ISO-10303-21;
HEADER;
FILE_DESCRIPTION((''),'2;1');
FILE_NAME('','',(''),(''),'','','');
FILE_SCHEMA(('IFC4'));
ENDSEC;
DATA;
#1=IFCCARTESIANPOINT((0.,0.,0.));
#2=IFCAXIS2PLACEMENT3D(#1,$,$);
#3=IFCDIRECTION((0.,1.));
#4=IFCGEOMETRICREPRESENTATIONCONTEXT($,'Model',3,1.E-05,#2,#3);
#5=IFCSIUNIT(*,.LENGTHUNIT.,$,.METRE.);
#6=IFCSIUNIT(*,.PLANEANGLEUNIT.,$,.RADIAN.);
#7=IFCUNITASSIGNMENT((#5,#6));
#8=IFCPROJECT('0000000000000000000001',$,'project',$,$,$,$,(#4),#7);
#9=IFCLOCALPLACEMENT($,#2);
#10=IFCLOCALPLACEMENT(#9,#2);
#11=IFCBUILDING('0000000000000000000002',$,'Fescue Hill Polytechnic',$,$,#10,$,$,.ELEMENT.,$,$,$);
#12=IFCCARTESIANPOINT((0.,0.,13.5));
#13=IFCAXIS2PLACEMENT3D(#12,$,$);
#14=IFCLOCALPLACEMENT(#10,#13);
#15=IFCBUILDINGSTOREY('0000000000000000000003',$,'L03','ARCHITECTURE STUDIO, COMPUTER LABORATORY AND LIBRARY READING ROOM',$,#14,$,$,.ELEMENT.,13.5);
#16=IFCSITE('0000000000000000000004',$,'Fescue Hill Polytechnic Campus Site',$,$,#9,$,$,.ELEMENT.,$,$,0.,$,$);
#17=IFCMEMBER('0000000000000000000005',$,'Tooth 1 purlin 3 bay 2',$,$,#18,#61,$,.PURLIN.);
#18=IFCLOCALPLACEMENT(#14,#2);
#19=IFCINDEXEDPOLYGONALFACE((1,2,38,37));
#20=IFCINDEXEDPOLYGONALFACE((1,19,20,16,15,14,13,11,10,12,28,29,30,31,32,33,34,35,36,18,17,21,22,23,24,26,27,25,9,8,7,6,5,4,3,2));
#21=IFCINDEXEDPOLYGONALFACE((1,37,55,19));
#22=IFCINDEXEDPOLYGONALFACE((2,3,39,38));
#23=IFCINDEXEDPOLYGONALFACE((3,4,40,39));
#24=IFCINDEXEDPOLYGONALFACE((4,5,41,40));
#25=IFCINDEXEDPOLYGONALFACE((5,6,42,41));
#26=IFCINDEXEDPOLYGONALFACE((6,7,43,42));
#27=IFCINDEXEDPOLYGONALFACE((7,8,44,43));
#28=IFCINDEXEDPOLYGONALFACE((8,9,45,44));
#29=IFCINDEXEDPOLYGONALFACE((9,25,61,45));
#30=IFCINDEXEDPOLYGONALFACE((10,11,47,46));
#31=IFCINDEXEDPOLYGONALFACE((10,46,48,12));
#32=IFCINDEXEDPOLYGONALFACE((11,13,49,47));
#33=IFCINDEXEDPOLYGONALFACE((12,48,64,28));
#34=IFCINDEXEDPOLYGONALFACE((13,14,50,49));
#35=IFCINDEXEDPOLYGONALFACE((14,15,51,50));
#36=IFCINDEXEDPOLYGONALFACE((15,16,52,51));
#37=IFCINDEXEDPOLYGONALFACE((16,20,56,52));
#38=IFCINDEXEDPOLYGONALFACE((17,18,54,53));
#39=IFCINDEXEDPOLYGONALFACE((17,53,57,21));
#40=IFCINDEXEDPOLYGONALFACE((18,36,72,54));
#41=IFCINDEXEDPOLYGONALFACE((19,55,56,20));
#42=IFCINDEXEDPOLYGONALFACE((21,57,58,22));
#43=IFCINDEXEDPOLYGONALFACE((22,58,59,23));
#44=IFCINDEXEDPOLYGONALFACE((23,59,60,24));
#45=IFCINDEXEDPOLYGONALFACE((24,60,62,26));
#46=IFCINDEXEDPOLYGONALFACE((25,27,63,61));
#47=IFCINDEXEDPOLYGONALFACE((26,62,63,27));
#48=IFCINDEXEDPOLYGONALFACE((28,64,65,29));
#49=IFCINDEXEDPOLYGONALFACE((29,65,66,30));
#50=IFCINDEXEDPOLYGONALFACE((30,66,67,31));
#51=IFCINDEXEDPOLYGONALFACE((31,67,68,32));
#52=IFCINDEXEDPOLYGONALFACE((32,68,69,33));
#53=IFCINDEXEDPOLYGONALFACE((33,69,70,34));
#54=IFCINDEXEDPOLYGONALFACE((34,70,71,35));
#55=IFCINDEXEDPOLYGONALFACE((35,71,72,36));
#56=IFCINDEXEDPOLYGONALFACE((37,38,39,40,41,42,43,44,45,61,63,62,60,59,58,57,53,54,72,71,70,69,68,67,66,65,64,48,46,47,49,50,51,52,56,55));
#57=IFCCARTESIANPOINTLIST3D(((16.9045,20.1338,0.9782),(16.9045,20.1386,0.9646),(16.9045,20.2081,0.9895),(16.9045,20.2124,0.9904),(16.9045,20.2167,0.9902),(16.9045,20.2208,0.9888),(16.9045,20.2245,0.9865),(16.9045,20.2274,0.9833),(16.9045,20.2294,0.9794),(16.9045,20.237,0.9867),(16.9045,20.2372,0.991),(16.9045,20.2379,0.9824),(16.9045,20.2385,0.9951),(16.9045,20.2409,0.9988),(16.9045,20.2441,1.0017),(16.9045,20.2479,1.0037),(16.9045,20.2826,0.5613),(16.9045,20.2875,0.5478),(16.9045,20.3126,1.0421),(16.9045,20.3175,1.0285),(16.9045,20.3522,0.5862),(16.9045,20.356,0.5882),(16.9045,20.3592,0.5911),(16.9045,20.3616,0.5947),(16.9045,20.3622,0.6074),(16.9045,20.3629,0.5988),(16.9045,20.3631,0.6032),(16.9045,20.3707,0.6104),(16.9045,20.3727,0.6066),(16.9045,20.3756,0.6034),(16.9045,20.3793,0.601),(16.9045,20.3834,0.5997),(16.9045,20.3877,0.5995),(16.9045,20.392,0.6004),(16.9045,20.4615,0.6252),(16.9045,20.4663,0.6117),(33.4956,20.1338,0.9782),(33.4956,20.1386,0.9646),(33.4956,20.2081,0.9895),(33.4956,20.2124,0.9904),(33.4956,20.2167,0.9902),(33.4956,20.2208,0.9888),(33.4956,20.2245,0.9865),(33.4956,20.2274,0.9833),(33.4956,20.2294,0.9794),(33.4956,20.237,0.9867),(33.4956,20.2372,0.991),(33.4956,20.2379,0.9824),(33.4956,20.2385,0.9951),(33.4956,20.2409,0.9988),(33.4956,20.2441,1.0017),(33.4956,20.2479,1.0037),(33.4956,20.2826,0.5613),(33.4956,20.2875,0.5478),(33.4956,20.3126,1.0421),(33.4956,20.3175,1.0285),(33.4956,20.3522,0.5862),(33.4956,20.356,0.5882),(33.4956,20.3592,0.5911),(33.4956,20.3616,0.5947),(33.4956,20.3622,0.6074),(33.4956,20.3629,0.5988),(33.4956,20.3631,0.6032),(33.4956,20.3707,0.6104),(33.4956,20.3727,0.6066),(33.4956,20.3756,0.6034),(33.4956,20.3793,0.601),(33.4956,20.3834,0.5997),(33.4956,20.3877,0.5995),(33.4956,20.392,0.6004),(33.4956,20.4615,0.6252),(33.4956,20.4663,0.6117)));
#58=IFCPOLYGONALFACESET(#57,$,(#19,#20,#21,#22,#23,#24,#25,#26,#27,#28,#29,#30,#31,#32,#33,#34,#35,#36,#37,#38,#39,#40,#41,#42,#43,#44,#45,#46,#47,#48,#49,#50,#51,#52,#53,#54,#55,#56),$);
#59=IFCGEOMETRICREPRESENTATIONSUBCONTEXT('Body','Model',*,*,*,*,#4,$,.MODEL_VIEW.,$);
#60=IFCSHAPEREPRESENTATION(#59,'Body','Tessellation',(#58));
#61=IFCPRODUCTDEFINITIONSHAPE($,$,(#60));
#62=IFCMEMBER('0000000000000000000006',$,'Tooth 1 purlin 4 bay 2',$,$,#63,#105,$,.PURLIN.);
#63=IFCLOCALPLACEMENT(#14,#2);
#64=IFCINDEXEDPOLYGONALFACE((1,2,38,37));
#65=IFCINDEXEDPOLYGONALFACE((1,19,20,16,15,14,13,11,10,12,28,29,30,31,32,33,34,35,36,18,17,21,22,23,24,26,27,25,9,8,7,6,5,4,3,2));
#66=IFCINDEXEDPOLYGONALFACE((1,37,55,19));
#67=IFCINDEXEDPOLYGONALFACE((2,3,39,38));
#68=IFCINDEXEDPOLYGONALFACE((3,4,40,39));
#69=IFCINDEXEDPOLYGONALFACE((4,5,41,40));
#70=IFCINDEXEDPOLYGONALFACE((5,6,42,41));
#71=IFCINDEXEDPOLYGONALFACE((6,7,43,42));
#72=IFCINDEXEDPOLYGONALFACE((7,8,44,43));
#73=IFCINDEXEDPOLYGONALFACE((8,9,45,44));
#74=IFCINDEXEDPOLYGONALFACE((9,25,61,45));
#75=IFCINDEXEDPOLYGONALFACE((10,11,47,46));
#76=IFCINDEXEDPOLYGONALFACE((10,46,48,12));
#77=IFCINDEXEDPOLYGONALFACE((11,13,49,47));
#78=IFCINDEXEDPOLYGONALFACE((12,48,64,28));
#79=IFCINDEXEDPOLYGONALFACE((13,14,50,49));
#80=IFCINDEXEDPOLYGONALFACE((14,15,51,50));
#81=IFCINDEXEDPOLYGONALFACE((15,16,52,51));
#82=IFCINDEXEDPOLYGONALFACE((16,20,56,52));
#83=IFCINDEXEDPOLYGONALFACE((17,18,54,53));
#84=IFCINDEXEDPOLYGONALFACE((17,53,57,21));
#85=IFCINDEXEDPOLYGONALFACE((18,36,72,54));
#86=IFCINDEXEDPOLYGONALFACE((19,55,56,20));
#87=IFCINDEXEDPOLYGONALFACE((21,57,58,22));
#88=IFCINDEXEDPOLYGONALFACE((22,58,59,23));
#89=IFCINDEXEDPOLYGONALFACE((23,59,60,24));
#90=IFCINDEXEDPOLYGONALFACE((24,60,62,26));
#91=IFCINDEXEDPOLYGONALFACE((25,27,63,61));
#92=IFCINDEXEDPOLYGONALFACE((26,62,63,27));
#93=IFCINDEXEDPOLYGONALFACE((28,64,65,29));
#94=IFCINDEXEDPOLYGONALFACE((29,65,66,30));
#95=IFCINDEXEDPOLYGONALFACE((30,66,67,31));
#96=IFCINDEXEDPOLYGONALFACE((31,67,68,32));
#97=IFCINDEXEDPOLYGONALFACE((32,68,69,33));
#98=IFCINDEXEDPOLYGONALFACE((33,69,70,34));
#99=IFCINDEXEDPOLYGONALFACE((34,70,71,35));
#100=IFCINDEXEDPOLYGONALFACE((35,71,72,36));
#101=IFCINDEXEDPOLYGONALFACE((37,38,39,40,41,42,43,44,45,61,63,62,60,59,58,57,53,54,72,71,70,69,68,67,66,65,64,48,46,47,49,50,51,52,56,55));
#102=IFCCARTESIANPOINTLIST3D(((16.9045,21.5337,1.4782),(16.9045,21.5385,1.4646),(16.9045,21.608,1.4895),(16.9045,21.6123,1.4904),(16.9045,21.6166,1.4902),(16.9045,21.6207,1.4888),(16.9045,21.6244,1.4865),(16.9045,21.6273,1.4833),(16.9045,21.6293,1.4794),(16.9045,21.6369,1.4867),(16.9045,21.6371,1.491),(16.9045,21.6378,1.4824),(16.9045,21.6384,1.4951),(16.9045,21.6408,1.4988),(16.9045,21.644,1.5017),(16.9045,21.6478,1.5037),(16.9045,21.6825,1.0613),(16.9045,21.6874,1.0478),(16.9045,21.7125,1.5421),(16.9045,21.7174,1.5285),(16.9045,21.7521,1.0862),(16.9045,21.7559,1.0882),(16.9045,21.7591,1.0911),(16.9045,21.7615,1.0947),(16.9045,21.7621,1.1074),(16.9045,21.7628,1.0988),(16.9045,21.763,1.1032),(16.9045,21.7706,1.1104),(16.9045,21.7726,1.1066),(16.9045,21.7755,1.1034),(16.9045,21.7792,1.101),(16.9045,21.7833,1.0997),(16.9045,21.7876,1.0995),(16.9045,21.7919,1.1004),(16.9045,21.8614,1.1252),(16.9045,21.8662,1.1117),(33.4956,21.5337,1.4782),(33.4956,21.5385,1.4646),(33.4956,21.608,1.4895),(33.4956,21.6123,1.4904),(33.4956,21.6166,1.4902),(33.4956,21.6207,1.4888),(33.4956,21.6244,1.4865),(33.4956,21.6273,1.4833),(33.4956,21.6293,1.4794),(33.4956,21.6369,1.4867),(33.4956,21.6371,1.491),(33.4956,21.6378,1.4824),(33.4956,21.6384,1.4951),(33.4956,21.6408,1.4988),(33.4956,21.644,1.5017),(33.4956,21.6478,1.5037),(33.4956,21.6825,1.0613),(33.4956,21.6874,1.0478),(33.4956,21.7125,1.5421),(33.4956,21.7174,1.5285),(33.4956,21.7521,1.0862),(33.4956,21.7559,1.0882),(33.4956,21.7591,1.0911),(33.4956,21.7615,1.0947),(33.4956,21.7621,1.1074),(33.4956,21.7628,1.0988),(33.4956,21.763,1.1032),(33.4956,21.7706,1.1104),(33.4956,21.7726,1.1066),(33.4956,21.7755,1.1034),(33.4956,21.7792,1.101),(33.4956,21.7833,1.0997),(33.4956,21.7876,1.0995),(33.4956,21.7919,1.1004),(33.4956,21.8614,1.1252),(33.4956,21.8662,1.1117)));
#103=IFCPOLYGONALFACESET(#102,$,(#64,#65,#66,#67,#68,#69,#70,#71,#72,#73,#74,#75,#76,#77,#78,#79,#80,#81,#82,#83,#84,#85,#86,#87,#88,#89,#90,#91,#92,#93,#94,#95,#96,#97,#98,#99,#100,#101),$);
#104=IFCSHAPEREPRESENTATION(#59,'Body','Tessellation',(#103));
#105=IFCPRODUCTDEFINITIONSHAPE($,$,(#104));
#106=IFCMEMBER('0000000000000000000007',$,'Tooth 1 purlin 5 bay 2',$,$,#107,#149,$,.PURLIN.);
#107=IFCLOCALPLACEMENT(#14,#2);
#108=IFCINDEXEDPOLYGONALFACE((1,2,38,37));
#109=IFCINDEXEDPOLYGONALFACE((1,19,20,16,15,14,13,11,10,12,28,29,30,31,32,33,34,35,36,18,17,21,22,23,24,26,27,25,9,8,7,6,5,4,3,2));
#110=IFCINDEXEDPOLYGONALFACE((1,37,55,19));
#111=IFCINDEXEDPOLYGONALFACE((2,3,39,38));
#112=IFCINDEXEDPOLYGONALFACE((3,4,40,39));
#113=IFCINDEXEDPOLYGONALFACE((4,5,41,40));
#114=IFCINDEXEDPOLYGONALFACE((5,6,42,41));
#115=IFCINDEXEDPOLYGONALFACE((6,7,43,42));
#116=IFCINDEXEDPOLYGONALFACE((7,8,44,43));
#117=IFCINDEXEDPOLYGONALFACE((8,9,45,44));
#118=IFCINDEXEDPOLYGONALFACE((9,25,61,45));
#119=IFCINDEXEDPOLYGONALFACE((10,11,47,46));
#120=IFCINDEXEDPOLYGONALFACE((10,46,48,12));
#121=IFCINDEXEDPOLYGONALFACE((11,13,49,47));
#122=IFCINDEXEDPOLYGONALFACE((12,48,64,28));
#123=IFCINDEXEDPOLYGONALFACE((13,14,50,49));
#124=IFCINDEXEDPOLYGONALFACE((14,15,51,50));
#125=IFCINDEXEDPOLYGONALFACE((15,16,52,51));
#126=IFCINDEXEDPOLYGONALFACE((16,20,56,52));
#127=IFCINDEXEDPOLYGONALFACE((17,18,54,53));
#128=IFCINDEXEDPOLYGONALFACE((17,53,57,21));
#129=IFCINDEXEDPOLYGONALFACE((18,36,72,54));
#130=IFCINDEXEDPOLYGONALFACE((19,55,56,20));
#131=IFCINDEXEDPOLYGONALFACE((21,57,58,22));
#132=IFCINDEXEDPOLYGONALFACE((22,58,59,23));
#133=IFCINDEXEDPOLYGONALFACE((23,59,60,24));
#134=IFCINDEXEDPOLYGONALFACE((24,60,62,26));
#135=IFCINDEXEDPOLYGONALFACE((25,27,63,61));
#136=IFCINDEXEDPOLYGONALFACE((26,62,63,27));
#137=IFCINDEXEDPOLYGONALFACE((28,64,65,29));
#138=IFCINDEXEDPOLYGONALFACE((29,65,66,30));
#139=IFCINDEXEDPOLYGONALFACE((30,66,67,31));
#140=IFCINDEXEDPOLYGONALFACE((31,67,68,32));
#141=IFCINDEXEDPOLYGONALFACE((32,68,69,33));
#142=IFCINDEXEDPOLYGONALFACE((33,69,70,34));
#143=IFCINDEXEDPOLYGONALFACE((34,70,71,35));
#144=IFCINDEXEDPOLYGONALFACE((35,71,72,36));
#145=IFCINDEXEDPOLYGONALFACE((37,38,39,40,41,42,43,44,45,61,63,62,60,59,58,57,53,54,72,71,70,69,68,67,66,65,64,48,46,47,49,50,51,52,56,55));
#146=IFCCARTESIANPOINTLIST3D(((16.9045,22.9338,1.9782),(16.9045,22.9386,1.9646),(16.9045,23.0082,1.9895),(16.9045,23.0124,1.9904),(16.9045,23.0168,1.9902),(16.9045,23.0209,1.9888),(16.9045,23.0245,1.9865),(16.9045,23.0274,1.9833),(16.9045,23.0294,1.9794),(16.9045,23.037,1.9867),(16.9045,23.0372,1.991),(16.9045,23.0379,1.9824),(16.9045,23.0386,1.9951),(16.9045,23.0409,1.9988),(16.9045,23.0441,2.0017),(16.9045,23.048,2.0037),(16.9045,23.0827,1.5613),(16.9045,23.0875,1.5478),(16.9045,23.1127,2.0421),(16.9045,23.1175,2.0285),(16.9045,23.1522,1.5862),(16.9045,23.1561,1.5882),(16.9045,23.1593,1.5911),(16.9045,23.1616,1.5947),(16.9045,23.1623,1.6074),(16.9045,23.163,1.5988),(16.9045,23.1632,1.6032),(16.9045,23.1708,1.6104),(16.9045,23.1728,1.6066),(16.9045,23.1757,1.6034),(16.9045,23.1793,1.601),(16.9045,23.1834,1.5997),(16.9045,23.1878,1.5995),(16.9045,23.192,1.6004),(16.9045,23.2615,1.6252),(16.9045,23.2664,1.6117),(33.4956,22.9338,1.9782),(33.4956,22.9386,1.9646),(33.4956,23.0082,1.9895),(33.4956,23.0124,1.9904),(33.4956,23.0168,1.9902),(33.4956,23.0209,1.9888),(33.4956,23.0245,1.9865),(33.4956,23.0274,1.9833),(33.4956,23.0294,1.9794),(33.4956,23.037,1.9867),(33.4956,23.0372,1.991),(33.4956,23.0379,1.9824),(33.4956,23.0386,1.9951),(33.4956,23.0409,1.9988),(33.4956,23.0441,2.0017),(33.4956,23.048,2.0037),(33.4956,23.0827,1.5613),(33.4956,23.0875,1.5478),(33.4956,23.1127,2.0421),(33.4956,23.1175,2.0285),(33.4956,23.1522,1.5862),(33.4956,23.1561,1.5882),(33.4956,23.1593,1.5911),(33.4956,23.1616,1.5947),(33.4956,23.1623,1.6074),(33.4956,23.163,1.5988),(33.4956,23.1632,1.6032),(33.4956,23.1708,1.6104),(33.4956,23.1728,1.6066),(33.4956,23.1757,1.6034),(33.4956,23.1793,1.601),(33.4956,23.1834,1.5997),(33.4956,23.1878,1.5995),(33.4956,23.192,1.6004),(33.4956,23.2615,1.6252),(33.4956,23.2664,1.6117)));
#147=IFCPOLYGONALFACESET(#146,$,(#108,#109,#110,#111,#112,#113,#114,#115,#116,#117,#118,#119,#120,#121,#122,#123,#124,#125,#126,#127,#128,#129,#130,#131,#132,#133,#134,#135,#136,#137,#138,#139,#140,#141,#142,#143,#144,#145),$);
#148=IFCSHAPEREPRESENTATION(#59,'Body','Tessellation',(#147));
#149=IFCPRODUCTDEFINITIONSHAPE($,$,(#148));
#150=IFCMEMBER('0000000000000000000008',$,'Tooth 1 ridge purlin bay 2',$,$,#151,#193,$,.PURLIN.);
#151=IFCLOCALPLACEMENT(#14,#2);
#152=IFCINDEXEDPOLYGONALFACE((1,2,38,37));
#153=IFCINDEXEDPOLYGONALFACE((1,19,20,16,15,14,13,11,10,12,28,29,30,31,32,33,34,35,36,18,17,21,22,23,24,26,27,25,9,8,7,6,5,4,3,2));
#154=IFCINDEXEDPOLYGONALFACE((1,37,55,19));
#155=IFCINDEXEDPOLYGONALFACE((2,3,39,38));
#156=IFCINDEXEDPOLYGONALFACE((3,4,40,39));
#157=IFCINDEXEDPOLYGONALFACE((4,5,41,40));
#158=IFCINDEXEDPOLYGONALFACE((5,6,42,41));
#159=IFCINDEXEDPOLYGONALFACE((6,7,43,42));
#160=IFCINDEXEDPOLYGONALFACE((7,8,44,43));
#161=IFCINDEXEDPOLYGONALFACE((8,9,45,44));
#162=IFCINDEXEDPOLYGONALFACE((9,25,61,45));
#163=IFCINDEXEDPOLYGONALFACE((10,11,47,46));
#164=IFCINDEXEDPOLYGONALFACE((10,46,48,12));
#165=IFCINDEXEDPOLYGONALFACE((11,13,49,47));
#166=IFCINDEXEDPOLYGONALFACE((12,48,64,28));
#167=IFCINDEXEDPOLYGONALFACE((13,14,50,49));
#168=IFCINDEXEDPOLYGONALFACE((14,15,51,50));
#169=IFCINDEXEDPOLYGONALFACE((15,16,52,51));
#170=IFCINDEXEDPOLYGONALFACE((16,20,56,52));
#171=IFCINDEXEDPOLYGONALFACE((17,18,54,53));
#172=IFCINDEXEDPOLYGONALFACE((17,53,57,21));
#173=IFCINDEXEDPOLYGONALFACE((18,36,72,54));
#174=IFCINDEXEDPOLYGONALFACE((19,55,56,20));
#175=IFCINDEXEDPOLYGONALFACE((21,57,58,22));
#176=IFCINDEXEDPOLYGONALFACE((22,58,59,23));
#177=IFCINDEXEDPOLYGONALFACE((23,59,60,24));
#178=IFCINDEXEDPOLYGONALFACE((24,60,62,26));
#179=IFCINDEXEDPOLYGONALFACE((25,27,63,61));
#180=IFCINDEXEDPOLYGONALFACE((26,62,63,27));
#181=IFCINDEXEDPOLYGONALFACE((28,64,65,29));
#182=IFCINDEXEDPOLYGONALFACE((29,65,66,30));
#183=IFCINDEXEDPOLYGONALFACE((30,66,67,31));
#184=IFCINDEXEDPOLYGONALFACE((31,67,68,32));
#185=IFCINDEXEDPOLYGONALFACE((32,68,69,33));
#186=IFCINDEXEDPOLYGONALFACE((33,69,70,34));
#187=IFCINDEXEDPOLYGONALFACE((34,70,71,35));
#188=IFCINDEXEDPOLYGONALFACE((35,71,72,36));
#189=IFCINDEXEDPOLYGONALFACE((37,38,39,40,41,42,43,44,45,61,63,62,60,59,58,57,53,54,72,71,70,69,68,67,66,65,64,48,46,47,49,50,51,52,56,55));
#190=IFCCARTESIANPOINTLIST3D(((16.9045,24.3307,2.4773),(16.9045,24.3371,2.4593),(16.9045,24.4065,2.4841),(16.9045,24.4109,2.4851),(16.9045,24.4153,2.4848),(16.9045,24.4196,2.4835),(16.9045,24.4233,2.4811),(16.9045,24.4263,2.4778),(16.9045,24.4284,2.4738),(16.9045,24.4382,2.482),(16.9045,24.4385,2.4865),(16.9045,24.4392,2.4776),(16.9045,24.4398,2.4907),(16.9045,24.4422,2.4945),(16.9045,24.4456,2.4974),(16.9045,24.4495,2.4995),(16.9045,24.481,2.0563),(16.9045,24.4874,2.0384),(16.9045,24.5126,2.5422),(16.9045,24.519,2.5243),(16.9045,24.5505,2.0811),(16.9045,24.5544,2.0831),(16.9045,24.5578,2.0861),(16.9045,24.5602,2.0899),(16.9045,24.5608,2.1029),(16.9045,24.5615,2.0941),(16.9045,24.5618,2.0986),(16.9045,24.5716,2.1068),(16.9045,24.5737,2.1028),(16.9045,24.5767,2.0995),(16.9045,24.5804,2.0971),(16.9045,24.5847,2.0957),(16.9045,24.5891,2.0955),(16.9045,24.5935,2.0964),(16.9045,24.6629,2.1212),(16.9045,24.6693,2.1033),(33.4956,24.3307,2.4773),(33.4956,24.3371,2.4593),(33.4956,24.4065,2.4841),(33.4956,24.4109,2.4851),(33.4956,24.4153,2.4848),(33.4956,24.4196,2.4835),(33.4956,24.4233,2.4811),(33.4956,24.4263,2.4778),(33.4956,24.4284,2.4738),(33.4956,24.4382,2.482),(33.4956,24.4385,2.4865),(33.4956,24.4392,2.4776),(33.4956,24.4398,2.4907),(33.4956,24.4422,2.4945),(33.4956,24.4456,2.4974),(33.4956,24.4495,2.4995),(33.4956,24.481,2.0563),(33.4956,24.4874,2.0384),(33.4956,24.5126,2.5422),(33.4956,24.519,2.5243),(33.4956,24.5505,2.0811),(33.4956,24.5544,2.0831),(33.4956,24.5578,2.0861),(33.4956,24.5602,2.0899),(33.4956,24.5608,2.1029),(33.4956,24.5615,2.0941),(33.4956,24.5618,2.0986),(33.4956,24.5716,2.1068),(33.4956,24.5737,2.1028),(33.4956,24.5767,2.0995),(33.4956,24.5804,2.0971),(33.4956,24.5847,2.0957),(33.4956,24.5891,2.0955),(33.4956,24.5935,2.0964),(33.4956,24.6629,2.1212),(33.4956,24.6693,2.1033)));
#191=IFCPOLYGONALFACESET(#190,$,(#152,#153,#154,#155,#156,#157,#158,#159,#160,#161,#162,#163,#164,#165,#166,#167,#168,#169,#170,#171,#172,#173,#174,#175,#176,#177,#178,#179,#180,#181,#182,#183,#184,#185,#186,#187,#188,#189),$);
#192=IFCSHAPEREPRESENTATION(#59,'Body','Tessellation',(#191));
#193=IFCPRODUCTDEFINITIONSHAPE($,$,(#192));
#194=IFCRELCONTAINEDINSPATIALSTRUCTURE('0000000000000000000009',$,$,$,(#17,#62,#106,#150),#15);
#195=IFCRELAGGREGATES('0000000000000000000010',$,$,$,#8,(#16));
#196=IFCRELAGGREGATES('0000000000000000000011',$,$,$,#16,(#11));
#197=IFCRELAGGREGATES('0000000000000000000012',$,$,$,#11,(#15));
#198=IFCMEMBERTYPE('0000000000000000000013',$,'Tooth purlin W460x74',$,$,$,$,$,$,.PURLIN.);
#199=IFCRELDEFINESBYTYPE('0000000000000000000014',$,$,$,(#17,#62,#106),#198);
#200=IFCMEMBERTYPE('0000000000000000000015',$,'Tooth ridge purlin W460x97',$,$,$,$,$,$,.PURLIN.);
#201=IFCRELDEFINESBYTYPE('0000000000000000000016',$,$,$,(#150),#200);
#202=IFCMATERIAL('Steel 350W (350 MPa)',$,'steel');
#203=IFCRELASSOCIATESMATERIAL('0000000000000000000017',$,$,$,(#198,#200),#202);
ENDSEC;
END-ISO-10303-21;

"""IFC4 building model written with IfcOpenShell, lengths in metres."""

from ifc_helpers import new_model, si_unit, direction, frame, origin, origin_2d, place, context, subcontext, project, spatial, i_section, extrude, material, material_profile, profile_set, type_object, element, save


model = new_model("IFC4")

# Units and contexts
model_context = context("Model", 3, precision=1e-05, world=origin(), true_north=direction((0.0, 1.0)))
body_context = subcontext(model_context, "Body", "Model", "MODEL_VIEW")
ifc_project = project(units=[si_unit("LENGTHUNIT", "METRE"), si_unit("PLANEANGLEUNIT", "RADIAN")], contexts=[model_context])

# Site, building, storey
site_placement = place(None, origin())
site = spatial("IfcSite", under=ifc_project, at=site_placement, Name="Fescue Hill Polytechnic Campus Site", CompositionType="ELEMENT", RefElevation=0.0)
building_placement = place(site_placement, origin())
building = spatial("IfcBuilding", under=site, at=building_placement, Name="Fescue Hill Polytechnic", CompositionType="ELEMENT")
storey_placement = place(building_placement, frame((0.0, 0.0, 13.5)))
storey = spatial("IfcBuildingStorey", under=building, at=storey_placement, Name="L03", Description="ARCHITECTURE STUDIO, COMPUTER LABORATORY AND LIBRARY READING ROOM", CompositionType="ELEMENT", Elevation=13.5)

# Members
ifc_material_1 = material(Name="Steel 350W (350 MPa)", Category="steel")
ifc_material_profile_1 = material_profile(ifc_material_1, i_section(OverallWidth=0.1899, OverallDepth=0.457, WebThickness=0.009, FlangeThickness=0.0144, FilletRadius=0.0166, at=origin_2d()), Name="W460x74")
ifc_profile_set_1 = profile_set([ifc_material_profile_1], Name="Steel 350W (350 MPa)")
member_type_1 = type_object("IfcMemberType", Name="Tooth purlin W460x74", PredefinedType="PURLIN", material=ifc_profile_set_1)
for number, where, z_axis, x_axis, name in (
    (1, (16.9045, 20.3, 0.7949), (1.0, 0.0, 0.0), (0.0, 0.941742, 0.336336), "Tooth 1 purlin 3 bay 2"),
    (2, (16.9045, 21.7, 1.2949), (1.0, 0.0, 0.0), (0.0, 0.941742, 0.336336), "Tooth 1 purlin 4 bay 2"),
    (3, (16.9045, 23.1001, 1.7949), (1.0, 0.0, 0.0), (0.0, 0.941742, 0.336336), "Tooth 1 purlin 5 bay 2"),
):
    element("IfcMember", number, at=place(storey_placement, frame(where, z_axis=z_axis, x_axis=x_axis)), inside=storey, type_object=member_type_1, Name=name, PredefinedType="PURLIN", context=body_context, shape_type="SweptSolid", body=[
        extrude(i_section(OverallWidth=0.1899, OverallDepth=0.457, WebThickness=0.009, FlangeThickness=0.0144, FilletRadius=0.0166, at=origin_2d()), origin(), (0.0, 0.0, 1.0), 16.5911),
    ])
ifc_material_profile_2 = material_profile(ifc_material_1, i_section(OverallWidth=0.1931, OverallDepth=0.4661, WebThickness=0.0115, FlangeThickness=0.019, FilletRadius=0.0171, at=origin_2d()), Name="W460x97")
ifc_profile_set_2 = profile_set([ifc_material_profile_2], Name="Steel 350W (350 MPa)")
member_type_2 = type_object("IfcMemberType", Name="Tooth ridge purlin W460x97", PredefinedType="PURLIN", material=ifc_profile_set_2)
member_1_placement = place(storey_placement, frame((16.9045, 24.5, 2.2903), z_axis=(1.0, 0.0, 0.0), x_axis=(0.0, 0.941742, 0.336336)))
element("IfcMember", 4, at=member_1_placement, inside=storey, type_object=member_type_2, Name="Tooth 1 ridge purlin bay 2", PredefinedType="PURLIN", context=body_context, shape_type="SweptSolid", body=[
    extrude(i_section(OverallWidth=0.1931, OverallDepth=0.4661, WebThickness=0.0115, FlangeThickness=0.019, FilletRadius=0.0171, at=origin_2d()), origin(), (0.0, 0.0, 1.0), 16.5911),
])

save(model, "model.ifc")
